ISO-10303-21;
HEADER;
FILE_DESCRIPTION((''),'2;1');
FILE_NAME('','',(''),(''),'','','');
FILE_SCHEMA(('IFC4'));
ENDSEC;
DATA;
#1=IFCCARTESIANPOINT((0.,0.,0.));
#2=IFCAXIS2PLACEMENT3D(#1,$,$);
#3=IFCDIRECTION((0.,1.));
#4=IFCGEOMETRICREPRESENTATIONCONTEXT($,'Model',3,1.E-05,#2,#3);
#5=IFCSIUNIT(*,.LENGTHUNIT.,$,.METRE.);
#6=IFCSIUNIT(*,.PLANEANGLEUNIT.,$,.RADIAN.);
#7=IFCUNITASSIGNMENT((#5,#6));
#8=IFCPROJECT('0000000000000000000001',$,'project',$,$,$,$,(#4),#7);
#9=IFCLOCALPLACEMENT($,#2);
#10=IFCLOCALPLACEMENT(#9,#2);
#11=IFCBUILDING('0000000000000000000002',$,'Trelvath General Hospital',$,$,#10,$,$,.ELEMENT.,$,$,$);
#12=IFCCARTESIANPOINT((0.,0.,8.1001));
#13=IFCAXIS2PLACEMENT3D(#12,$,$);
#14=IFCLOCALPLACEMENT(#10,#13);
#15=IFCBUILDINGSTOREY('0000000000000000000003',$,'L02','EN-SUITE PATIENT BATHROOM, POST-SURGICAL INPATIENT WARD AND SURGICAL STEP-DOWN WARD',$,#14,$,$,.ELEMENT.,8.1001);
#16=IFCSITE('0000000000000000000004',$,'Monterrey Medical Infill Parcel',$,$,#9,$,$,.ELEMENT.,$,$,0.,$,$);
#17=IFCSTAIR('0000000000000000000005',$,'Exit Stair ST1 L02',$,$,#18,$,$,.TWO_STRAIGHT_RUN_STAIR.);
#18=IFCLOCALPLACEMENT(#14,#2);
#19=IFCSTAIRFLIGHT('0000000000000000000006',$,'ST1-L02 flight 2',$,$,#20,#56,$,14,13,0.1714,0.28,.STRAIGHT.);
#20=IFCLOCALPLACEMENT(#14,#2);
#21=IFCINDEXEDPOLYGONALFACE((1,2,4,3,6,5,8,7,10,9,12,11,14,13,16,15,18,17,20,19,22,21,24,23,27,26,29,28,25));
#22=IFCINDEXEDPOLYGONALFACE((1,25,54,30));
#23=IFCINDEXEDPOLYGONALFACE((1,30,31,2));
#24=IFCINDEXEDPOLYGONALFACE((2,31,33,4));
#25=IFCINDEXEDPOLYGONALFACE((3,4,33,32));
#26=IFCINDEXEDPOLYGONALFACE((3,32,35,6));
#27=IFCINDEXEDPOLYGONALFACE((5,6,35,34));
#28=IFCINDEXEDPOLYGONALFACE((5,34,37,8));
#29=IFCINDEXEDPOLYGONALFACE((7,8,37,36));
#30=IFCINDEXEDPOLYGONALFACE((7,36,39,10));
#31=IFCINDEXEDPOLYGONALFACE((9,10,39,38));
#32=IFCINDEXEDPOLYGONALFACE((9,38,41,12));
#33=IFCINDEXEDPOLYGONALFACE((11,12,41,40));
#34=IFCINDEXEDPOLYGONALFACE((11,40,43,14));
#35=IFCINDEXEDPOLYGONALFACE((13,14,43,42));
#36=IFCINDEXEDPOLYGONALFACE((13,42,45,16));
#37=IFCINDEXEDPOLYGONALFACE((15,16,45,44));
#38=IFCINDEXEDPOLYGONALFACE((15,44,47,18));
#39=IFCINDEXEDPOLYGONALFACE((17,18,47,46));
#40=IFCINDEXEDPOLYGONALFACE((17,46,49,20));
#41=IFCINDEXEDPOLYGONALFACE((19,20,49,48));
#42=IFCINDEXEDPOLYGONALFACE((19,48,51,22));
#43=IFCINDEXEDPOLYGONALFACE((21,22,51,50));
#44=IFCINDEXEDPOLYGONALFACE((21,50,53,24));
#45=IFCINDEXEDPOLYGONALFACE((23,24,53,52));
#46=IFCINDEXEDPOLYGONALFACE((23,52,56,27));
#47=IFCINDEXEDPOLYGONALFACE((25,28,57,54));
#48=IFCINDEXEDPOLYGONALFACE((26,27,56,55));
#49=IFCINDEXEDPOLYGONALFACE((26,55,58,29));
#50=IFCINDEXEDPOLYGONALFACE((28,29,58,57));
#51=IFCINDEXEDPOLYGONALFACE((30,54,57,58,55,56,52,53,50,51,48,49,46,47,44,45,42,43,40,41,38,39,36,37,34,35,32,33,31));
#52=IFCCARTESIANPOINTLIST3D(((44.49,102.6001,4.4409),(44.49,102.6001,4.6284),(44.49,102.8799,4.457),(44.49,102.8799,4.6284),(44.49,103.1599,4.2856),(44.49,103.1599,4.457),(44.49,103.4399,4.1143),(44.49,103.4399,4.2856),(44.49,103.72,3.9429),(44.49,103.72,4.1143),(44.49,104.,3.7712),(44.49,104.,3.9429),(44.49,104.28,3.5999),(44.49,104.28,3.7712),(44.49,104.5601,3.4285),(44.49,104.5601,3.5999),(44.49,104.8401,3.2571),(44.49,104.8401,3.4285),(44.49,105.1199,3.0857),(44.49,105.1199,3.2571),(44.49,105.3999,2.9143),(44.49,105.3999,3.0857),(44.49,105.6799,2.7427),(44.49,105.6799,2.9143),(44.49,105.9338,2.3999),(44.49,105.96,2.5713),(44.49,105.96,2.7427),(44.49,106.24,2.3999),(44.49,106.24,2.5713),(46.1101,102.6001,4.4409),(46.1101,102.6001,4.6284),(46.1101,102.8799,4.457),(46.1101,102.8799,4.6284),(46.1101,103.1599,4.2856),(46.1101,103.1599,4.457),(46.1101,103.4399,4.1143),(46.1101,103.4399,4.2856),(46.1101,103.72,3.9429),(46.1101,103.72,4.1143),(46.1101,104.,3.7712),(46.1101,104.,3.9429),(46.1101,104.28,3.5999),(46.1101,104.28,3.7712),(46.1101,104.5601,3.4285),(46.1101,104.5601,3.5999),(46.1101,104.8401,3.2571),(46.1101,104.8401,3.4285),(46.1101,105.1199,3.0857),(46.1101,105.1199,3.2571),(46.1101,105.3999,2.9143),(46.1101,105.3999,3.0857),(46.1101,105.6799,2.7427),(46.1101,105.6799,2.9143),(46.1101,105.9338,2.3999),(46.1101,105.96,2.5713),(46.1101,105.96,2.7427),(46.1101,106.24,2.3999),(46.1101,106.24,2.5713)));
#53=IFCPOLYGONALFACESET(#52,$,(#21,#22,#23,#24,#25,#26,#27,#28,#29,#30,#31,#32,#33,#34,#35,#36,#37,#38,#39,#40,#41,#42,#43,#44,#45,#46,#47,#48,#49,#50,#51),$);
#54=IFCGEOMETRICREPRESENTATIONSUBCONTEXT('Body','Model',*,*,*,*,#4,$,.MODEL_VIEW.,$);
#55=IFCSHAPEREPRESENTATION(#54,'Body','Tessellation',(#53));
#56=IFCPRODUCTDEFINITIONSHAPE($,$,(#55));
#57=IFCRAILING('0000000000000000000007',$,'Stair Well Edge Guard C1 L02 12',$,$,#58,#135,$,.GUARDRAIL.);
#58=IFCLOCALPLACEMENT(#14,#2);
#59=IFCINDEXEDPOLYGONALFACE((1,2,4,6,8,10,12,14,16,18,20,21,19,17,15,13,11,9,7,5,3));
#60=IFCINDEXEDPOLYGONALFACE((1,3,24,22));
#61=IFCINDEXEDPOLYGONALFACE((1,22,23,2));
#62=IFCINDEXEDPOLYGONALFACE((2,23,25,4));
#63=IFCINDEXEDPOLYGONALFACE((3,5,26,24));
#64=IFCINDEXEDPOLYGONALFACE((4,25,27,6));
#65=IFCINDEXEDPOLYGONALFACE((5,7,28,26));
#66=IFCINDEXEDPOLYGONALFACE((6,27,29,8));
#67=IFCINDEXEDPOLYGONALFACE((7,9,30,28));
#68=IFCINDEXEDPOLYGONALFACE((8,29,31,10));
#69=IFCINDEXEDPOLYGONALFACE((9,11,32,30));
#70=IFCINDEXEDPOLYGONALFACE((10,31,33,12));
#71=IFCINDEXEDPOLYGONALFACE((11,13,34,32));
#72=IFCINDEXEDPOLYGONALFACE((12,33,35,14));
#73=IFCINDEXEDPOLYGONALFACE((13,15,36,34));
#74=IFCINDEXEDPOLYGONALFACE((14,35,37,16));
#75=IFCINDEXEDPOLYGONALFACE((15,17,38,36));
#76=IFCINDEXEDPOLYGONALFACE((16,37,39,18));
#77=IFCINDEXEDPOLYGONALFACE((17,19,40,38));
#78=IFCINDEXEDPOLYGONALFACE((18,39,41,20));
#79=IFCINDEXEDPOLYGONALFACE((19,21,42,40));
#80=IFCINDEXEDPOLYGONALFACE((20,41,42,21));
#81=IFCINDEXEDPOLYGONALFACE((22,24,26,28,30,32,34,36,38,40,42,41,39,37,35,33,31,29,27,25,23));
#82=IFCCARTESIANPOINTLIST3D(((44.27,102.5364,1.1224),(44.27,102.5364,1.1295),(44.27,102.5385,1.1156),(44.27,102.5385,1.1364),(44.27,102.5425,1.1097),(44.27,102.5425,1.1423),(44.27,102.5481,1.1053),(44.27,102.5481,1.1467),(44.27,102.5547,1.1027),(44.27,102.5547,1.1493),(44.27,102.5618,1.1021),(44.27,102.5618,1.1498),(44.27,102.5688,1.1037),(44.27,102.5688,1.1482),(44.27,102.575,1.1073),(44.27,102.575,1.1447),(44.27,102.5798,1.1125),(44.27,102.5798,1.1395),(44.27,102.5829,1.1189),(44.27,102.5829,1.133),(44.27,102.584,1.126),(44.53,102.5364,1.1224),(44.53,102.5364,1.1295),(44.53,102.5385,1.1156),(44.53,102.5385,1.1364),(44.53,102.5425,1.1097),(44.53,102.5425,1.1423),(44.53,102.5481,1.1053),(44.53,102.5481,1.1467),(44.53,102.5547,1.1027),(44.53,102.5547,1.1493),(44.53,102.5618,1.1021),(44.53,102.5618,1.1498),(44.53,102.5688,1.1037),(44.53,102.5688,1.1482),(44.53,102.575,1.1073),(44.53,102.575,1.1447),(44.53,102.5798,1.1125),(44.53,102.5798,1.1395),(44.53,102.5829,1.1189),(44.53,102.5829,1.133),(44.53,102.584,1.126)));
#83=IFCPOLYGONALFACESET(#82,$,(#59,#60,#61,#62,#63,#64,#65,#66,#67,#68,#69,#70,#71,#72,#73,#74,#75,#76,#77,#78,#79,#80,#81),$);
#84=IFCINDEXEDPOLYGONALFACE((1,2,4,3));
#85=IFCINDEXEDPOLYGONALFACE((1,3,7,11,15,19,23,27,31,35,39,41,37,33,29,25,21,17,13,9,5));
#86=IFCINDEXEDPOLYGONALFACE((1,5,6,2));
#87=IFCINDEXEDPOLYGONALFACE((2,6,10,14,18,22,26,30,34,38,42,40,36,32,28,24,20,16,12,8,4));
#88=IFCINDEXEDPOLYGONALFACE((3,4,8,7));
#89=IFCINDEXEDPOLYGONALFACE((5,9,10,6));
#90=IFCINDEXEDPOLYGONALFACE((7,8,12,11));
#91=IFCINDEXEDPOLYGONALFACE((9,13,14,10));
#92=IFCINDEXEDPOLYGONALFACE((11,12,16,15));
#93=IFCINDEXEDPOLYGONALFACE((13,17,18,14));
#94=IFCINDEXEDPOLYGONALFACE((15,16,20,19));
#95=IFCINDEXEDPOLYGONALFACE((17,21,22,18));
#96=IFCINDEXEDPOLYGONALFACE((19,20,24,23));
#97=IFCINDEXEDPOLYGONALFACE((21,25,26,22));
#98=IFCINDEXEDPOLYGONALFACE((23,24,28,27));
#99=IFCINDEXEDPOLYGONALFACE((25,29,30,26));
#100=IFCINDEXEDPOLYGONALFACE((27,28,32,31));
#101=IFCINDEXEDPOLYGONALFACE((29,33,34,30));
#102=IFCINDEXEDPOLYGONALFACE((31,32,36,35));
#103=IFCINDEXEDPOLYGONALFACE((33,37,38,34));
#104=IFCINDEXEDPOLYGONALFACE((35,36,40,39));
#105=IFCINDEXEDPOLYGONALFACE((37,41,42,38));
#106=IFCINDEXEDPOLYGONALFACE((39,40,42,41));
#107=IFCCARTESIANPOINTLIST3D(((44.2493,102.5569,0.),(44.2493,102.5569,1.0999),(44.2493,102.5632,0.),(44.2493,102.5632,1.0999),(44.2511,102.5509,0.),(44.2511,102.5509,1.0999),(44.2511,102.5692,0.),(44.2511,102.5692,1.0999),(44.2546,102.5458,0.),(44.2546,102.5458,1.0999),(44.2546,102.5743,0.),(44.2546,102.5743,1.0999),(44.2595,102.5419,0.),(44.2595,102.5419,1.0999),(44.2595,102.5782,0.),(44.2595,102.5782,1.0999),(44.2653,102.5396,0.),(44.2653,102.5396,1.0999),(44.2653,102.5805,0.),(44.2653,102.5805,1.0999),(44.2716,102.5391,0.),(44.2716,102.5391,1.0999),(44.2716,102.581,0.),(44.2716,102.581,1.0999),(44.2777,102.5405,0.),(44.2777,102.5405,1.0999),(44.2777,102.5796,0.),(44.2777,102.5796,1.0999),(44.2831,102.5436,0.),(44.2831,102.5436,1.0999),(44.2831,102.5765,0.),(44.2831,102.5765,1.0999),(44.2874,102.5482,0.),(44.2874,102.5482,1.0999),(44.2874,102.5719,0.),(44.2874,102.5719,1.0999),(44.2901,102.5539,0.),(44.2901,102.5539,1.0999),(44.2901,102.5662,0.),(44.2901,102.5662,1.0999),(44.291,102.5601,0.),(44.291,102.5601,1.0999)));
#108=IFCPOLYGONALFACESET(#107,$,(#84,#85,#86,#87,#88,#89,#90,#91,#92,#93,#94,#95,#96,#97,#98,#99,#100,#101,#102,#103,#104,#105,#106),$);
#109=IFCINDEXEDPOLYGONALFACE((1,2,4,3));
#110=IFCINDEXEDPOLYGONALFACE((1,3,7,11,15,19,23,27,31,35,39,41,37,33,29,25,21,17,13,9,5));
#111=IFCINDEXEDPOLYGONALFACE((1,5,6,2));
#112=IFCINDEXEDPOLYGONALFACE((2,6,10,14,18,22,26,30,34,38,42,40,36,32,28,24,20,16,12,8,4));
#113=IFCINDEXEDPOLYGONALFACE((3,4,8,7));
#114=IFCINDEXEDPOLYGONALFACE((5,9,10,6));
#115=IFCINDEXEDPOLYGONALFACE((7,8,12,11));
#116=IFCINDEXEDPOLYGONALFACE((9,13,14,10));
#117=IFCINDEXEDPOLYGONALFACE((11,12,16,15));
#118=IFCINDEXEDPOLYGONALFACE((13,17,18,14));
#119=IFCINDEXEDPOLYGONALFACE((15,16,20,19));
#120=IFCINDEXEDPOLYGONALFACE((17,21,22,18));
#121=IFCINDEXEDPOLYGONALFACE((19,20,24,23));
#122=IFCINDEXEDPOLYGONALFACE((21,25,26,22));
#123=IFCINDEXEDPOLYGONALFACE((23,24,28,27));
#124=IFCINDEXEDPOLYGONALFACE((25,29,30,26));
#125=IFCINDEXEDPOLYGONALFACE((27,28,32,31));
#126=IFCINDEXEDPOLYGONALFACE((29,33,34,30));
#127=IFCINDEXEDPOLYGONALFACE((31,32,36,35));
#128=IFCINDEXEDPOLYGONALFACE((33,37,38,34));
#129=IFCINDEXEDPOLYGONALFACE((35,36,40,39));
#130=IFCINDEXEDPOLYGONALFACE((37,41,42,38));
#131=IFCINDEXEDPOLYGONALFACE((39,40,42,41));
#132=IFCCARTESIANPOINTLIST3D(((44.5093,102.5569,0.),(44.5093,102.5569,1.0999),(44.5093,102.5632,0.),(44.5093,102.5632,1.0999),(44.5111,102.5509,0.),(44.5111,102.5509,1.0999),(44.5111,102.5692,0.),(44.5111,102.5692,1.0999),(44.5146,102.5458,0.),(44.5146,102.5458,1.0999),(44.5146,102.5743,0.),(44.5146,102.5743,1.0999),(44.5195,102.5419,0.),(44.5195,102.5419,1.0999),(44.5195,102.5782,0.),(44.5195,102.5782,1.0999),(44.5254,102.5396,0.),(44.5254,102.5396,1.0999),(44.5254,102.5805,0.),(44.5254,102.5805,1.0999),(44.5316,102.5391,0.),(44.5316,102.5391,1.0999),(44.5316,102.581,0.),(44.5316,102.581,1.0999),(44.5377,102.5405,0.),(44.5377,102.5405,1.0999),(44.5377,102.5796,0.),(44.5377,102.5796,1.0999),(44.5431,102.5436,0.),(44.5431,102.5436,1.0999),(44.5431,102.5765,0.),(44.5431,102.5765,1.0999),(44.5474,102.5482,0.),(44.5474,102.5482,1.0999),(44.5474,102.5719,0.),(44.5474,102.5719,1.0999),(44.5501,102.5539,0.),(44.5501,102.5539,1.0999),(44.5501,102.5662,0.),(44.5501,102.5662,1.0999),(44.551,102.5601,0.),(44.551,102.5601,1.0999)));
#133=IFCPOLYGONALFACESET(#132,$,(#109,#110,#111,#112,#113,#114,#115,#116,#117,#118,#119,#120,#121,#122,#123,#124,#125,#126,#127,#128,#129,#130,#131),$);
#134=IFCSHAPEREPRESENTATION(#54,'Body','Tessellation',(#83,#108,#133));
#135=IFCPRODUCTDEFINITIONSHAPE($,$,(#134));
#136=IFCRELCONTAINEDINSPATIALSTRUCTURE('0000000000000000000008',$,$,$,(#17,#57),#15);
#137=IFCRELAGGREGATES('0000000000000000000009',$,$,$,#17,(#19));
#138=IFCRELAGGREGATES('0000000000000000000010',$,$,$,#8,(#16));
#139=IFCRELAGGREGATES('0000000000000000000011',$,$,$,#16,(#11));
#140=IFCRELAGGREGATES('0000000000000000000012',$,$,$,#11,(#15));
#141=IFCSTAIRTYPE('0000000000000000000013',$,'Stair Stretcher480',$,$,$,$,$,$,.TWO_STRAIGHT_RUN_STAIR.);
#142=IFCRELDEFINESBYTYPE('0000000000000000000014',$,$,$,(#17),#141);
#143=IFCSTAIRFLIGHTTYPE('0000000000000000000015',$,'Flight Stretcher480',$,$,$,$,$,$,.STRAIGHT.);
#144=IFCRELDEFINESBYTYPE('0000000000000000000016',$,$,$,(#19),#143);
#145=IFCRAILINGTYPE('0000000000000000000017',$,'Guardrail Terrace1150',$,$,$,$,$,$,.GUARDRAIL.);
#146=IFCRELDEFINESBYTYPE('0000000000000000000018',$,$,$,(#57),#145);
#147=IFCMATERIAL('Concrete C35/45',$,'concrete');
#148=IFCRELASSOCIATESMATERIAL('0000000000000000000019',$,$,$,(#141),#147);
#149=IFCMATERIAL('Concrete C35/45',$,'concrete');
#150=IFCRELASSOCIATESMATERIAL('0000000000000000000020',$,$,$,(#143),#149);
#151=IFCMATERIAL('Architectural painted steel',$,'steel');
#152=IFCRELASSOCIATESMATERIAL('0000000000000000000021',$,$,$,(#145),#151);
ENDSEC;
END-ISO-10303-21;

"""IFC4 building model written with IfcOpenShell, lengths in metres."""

from ifc_helpers import new_model, si_unit, direction, frame, origin, origin_2d, place, context, subcontext, project, spatial, polyline, circle, outline, extrude, material, type_object, element, aggregate, save


model = new_model("IFC4")

# Units and contexts
model_context = context("Model", 3, precision=1e-05, world=origin(), true_north=direction((0.0, 1.0)))
body_context = subcontext(model_context, "Body", "Model", "MODEL_VIEW")
ifc_project = project(units=[si_unit("LENGTHUNIT", "METRE"), si_unit("PLANEANGLEUNIT", "RADIAN")], contexts=[model_context])

# Site, building, storey
site_placement = place(None, origin())
site = spatial("IfcSite", under=ifc_project, at=site_placement, Name="Monterrey Medical Infill Parcel", CompositionType="ELEMENT", RefElevation=0.0)
building_placement = place(site_placement, origin())
building = spatial("IfcBuilding", under=site, at=building_placement, Name="Trelvath General Hospital", CompositionType="ELEMENT")
storey_placement = place(building_placement, frame((0.0, 0.0, 8.1001)))
storey = spatial("IfcBuildingStorey", under=building, at=storey_placement, Name="L02", Description="EN-SUITE PATIENT BATHROOM, POST-SURGICAL INPATIENT WARD AND SURGICAL STEP-DOWN WARD", CompositionType="ELEMENT", Elevation=8.1001)

# Stair, stair flight
ifc_material_1 = material(Name="Concrete C35/45", Category="concrete")
stair_type = type_object("IfcStairType", Name="Stair Stretcher480", PredefinedType="TWO_STRAIGHT_RUN_STAIR", material=ifc_material_1)
stair_placement = place(storey_placement, origin())
stair = element("IfcStair", 1, at=stair_placement, inside=storey, type_object=stair_type, Name="Exit Stair ST1 L02", PredefinedType="TWO_STRAIGHT_RUN_STAIR")
ifc_material_2 = material(Name="Concrete C35/45", Category="concrete")
stair_flight_type = type_object("IfcStairFlightType", Name="Flight Stretcher480", PredefinedType="STRAIGHT", material=ifc_material_2)
stair_flight_1_placement = place(storey_placement, frame((45.3, 106.24, 2.3999), z_axis=(0.0, 0.0, 1.0), x_axis=(0.0, -1.0, 0.0)))
stair_flight_1 = element("IfcStairFlight", 2, at=stair_flight_1_placement, type_object=stair_flight_type, Name="ST1-L02 flight 2", NumberOfRisers=14, NumberOfTreads=13, PredefinedType="STRAIGHT", RiserHeight=0.1714, TreadLength=0.28, context=body_context, shape_type="SweptSolid", body=[
    extrude(outline(polyline([(0.0, 0.0), (0.0, 0.1714), (0.28, 0.1714), (0.28, 0.3428), (0.5601, 0.3428), (0.5601, 0.5144), (0.8401, 0.5144), (0.8401, 0.6858), (1.1201, 0.6858), (1.1201, 0.8572), (1.3999, 0.8572), (1.3999, 1.0286), (1.6799, 1.0286), (1.6799, 1.2), (1.96, 1.2), (1.96, 1.3713), (2.24, 1.3713), (2.24, 1.543), (2.52, 1.543), (2.52, 1.7144), (2.8, 1.7144), (2.8, 1.8857), (3.0801, 1.8857), (3.0801, 2.0571), (3.3601, 2.0571), (3.3601, 2.2285), (3.6399, 2.2285), (3.6399, 2.3999), (3.6399, 2.041), (0.3062, 0.0), (0.0, 0.0)])), frame((0.0, 0.8101, 0.0), z_axis=(0.0, -1.0, 0.0), x_axis=(1.0, 0.0, 0.0)), (0.0, 0.0, 1.0), 1.6201),
])
aggregate(stair, [stair_flight_1])

# Railing
ifc_material_3 = material(Name="Architectural painted steel", Category="steel")
railing_type_1 = type_object("IfcRailingType", Name="Guardrail Terrace1150", PredefinedType="GUARDRAIL", material=ifc_material_3)
railing_1_placement = place(storey_placement, frame((44.27, 102.5601, 0.0)))
element("IfcRailing", 3, at=railing_1_placement, inside=storey, type_object=railing_type_1, Name="Stair Well Edge Guard C1 L02 12", PredefinedType="GUARDRAIL", context=body_context, shape_type="SweptSolid", body=[
    extrude(circle(Radius=0.0239, at=origin_2d()), frame((0.0, 0.0, 1.126), z_axis=(1.0, 0.0, 0.0), x_axis=(0.0, 1.0, 0.0)), (0.0, 0.0, 1.0), 0.26),
    extrude(circle(Radius=0.021, at=origin_2d()), origin(), (0.0, 0.0, 1.0), 1.0999),
    extrude(circle(Radius=0.021, at=origin_2d()), frame((0.26, 0.0, 0.0)), (0.0, 0.0, 1.0), 1.0999),
])

save(model, "model.ifc")
